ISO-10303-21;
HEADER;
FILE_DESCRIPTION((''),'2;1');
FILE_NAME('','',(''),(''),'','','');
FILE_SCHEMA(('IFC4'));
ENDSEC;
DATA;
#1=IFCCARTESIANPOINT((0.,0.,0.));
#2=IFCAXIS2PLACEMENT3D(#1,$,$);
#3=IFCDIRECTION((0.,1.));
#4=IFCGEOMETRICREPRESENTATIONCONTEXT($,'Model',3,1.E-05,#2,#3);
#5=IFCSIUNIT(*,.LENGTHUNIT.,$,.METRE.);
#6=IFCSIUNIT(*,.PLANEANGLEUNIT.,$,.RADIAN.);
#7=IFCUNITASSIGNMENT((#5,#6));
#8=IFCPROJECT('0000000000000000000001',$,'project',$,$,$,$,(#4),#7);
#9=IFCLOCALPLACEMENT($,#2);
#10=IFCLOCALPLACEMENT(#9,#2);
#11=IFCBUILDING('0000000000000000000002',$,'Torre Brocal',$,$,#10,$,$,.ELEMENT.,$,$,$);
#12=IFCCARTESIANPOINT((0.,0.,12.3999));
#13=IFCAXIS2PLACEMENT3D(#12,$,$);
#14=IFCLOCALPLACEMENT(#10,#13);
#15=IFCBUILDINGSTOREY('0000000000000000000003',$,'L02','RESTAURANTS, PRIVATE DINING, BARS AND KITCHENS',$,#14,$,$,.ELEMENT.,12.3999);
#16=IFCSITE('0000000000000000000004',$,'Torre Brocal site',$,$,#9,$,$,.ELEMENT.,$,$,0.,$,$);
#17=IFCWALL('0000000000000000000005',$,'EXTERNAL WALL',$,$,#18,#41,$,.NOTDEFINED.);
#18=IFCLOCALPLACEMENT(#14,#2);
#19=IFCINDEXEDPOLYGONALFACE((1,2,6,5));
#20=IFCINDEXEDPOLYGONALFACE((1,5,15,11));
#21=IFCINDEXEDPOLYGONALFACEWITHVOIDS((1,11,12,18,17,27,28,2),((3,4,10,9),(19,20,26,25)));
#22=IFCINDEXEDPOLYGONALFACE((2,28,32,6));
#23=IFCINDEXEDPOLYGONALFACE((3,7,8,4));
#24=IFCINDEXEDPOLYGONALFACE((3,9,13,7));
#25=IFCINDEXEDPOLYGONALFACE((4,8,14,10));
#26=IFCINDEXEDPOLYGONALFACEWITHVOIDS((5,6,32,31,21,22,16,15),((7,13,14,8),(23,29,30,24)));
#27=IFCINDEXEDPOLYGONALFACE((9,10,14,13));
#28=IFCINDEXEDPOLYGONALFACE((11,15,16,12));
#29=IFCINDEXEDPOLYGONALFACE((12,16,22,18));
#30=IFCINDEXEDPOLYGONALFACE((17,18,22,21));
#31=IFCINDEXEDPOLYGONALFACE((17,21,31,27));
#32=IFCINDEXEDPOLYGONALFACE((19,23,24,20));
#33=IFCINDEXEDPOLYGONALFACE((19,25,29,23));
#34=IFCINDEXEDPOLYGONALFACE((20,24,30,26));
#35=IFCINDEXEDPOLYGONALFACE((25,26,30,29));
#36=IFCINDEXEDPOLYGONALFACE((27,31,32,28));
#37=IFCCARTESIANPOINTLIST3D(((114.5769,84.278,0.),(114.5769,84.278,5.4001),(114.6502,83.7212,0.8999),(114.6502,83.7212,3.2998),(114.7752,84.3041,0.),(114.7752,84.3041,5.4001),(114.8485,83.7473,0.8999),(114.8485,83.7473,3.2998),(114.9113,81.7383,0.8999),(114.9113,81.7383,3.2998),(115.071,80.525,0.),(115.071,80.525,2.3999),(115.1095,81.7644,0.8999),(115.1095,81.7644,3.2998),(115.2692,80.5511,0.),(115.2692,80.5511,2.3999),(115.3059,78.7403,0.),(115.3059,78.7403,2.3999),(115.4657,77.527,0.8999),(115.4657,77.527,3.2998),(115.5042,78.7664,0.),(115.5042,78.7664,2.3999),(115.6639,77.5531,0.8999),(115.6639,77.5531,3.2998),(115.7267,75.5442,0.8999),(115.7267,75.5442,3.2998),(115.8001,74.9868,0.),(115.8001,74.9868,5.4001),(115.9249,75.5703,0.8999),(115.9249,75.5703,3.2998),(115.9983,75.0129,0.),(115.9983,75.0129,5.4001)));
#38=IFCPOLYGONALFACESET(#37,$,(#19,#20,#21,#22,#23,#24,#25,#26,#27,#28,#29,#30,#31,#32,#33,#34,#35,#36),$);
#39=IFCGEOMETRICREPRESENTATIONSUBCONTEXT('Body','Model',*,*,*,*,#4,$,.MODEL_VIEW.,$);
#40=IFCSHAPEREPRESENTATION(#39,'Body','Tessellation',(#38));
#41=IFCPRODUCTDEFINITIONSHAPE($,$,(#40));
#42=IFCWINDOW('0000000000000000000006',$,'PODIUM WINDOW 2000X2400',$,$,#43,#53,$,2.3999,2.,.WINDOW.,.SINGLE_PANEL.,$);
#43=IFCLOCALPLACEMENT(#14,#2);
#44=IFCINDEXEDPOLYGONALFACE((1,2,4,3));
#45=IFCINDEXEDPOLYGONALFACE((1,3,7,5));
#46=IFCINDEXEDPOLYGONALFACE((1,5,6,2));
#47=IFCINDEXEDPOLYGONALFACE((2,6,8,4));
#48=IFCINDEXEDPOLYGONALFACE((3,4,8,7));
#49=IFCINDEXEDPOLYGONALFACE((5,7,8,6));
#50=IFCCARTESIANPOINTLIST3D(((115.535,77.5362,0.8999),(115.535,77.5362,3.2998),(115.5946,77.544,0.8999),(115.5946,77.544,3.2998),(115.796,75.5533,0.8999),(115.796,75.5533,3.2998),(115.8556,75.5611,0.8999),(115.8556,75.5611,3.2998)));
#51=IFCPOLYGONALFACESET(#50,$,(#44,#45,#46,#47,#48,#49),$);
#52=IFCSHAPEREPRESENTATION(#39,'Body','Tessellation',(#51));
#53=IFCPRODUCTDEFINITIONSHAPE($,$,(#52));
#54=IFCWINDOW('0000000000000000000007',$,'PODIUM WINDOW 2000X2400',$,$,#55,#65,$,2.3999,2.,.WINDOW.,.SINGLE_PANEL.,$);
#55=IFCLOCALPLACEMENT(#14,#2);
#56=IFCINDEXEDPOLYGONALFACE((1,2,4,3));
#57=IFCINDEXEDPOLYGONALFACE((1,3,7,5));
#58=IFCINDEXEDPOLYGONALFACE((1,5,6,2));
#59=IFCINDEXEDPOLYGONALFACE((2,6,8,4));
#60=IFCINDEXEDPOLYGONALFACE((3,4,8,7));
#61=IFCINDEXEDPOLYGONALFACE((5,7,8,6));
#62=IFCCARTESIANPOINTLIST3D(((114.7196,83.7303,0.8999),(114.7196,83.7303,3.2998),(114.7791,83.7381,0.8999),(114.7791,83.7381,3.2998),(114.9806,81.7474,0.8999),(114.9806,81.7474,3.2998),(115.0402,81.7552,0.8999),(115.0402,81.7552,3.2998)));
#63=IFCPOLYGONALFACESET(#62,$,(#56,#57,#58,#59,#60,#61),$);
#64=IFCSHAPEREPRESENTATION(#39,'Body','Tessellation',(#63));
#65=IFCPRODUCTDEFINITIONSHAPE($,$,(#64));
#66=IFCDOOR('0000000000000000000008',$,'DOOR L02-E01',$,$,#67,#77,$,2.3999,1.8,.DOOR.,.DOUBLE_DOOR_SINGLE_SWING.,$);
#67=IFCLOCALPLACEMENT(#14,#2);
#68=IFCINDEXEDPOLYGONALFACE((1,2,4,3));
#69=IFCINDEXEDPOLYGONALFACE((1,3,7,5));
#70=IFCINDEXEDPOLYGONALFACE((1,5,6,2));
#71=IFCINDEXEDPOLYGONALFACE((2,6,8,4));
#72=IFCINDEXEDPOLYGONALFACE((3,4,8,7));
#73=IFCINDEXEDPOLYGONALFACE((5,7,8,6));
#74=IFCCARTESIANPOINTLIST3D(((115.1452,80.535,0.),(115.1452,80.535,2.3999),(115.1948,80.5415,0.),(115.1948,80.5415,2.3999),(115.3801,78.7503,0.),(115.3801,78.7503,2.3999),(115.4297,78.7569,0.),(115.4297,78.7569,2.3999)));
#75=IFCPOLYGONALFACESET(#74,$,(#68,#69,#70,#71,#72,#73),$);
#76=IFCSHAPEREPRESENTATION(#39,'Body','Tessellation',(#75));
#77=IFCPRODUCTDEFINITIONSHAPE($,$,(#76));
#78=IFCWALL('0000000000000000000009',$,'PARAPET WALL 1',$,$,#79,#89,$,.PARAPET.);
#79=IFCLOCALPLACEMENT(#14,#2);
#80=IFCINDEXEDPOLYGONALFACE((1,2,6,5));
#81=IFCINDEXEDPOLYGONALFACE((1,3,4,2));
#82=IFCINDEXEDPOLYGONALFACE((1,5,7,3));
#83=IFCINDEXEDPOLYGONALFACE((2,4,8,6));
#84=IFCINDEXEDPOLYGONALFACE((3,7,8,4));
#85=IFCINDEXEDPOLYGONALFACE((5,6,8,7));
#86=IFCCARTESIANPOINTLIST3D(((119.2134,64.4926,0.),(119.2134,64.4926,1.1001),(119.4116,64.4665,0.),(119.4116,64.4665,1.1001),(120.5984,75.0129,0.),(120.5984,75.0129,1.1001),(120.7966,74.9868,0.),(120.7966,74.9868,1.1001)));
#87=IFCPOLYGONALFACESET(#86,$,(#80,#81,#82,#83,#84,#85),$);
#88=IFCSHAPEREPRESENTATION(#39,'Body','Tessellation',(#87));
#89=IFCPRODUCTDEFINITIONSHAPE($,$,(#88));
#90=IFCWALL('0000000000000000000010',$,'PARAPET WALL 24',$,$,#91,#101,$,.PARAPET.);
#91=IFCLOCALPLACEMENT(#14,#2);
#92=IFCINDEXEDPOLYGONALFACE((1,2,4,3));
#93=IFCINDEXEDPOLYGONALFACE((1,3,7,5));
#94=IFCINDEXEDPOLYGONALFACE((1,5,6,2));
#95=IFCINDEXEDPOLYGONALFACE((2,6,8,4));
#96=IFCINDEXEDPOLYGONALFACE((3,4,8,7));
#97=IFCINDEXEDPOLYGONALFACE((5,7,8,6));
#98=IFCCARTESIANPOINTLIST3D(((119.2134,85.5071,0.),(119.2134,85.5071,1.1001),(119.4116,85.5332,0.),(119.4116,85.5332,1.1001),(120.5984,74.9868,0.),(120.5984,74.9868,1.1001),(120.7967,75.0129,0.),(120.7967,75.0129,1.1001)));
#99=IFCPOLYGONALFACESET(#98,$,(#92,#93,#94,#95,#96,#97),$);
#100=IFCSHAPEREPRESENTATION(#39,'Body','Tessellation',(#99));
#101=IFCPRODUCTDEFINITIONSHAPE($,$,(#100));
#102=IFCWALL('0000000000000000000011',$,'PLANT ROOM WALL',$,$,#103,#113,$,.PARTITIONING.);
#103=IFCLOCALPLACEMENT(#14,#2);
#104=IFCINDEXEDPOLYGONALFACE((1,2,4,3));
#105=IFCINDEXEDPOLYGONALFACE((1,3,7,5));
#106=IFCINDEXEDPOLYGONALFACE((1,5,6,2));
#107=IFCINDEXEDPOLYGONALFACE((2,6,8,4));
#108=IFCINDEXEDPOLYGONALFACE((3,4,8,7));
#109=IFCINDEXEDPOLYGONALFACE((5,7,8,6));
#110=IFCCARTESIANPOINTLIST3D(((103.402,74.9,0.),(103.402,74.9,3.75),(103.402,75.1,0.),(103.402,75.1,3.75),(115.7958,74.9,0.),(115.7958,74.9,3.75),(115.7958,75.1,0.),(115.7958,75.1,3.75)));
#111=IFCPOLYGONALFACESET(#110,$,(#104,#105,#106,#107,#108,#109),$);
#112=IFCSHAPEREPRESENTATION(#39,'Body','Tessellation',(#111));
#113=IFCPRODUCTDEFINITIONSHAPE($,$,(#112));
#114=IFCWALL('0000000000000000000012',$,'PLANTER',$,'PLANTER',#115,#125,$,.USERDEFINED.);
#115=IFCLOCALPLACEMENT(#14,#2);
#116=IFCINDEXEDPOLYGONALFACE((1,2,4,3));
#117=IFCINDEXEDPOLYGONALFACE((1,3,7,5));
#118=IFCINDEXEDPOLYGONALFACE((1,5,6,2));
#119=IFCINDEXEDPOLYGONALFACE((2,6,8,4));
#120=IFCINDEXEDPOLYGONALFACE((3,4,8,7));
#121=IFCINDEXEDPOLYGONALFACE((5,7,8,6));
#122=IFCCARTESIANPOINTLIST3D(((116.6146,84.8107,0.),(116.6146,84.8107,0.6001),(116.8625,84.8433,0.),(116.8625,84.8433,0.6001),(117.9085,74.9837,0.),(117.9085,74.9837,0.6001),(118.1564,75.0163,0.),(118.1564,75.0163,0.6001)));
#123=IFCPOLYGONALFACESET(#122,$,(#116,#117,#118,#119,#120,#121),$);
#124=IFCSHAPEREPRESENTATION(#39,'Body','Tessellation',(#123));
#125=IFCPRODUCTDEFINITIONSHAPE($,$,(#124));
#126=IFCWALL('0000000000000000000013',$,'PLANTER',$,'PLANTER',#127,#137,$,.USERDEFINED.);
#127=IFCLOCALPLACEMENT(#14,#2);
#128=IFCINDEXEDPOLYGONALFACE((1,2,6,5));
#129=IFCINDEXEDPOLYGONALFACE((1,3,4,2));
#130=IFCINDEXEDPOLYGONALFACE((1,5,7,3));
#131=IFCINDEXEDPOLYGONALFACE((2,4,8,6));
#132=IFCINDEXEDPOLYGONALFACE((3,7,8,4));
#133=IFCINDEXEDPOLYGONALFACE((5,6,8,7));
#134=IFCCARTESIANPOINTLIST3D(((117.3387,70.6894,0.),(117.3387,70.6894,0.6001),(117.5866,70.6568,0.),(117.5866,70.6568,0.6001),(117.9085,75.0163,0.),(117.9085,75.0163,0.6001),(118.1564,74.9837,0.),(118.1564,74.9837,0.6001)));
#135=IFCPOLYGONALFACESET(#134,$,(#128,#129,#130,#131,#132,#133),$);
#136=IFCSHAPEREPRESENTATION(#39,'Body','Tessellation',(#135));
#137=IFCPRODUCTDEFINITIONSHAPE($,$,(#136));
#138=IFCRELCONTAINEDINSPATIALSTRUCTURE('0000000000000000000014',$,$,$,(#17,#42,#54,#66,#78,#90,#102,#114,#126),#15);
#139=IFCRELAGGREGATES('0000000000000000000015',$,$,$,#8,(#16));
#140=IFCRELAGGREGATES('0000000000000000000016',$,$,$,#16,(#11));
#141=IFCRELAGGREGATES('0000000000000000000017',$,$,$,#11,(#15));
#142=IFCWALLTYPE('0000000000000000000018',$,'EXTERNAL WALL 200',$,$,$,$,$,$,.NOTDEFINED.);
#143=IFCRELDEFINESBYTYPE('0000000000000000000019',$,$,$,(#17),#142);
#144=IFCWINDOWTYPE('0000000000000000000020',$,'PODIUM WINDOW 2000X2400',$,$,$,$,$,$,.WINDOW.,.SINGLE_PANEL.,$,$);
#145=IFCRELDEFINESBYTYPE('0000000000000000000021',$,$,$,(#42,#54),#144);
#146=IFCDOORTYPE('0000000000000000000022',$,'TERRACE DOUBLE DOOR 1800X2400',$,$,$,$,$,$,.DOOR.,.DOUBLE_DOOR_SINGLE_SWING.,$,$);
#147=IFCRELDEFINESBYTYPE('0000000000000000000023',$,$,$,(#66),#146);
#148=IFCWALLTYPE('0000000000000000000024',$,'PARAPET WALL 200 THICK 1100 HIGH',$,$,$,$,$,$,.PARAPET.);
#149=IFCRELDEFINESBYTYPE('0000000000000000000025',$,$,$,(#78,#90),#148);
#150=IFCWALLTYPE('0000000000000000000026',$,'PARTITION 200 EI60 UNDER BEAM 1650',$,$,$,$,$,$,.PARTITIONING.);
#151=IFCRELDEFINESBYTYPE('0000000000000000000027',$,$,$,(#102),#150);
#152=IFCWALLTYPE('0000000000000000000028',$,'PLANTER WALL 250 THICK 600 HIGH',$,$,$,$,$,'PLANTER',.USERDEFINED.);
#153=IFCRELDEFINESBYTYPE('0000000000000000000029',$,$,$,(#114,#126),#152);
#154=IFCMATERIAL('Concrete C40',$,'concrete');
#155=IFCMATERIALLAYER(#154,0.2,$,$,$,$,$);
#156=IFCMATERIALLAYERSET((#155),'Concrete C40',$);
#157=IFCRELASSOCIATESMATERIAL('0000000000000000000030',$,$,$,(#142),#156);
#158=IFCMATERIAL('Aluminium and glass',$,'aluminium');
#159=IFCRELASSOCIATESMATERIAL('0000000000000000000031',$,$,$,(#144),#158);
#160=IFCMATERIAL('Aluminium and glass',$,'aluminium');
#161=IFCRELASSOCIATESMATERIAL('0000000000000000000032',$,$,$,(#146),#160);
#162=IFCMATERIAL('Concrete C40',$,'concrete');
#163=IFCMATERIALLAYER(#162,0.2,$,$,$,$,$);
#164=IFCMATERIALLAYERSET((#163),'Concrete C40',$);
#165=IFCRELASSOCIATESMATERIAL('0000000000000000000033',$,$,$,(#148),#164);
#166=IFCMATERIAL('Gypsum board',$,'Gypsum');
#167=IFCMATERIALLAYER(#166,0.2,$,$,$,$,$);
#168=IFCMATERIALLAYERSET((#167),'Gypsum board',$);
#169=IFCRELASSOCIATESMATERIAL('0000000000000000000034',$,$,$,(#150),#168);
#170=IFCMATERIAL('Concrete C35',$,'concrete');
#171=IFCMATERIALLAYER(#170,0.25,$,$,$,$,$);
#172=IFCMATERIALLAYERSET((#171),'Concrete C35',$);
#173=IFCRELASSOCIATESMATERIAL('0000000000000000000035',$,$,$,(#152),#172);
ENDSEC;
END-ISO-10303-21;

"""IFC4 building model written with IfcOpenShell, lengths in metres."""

from ifc_helpers import new_model, si_unit, direction, frame, frame_2d, origin, place, context, subcontext, project, spatial, rectangle, extrude, material, layer, layer_set, type_object, element, fill, save


model = new_model("IFC4")

# Units and contexts
model_context = context("Model", 3, precision=1e-05, world=origin(), true_north=direction((0.0, 1.0)))
body_context = subcontext(model_context, "Body", "Model", "MODEL_VIEW")
ifc_project = project(units=[si_unit("LENGTHUNIT", "METRE"), si_unit("PLANEANGLEUNIT", "RADIAN")], contexts=[model_context])

# Site, building, storey
site_placement = place(None, origin())
site = spatial("IfcSite", under=ifc_project, at=site_placement, Name="Torre Brocal site", CompositionType="ELEMENT", RefElevation=0.0)
building_placement = place(site_placement, origin())
building = spatial("IfcBuilding", under=site, at=building_placement, Name="Torre Brocal", CompositionType="ELEMENT")
storey_placement = place(building_placement, frame((0.0, 0.0, 12.3999)))
storey = spatial("IfcBuildingStorey", under=building, at=storey_placement, Name="L02", Description="RESTAURANTS, PRIVATE DINING, BARS AND KITCHENS", CompositionType="ELEMENT", Elevation=12.3999)

# Wall, openings, windows, door
ifc_material_1 = material(Name="Concrete C40", Category="concrete")
ifc_layer_1 = layer(ifc_material_1, 0.2)
ifc_layer_set_1 = layer_set([ifc_layer_1], Name="Concrete C40")
wall_type_1 = type_object("IfcWallType", Name="EXTERNAL WALL 200", PredefinedType="NOTDEFINED", material=ifc_layer_set_1)
wall_1_placement = place(storey_placement, frame((115.8992, 75.0, 0.0), z_axis=(0.0, 0.0, 1.0), x_axis=(-0.130519, 0.991446, 0.0)))
wall_1 = element("IfcWall", 1, at=wall_1_placement, inside=storey, type_object=wall_type_1, Name="EXTERNAL WALL", PredefinedType="NOTDEFINED", context=body_context, shape_type="SweptSolid", body=[
    extrude(rectangle(XDim=9.3713, YDim=0.2, at=frame_2d((4.6855, 0.0))), origin(), (0.0, 0.0, 1.0), 5.4001),
])
opening_1_placement = place(wall_1_placement, frame((0.562, 0.0, 0.8999)))
opening_1 = element("IfcOpeningElement", 2, at=opening_1_placement, cuts=wall_1, PredefinedType="OPENING", context=body_context, shape_type="SweptSolid", body=[
    extrude(rectangle(XDim=2.0, YDim=2.3999, at=frame_2d((1.0, 1.2))), frame((0.0, 0.1099, 0.0), z_axis=(0.0, -1.0, 0.0), x_axis=(1.0, 0.0, 0.0)), (0.0, 0.0, 1.0), 0.22),
])
opening_2_placement = place(wall_1_placement, frame((3.7859, 0.0, 0.0)))
opening_2 = element("IfcOpeningElement", 3, at=opening_2_placement, cuts=wall_1, PredefinedType="OPENING", context=body_context, shape_type="SweptSolid", body=[
    extrude(rectangle(XDim=1.8, YDim=2.3999, at=frame_2d((0.8999, 1.2))), frame((0.0, 0.1099, 0.0), z_axis=(0.0, -1.0, 0.0), x_axis=(1.0, 0.0, 0.0)), (0.0, 0.0, 1.0), 0.22),
])
opening_3_placement = place(wall_1_placement, frame((6.8096, 0.0, 0.8999)))
opening_3 = element("IfcOpeningElement", 4, at=opening_3_placement, cuts=wall_1, PredefinedType="OPENING", context=body_context, shape_type="SweptSolid", body=[
    extrude(rectangle(XDim=2.0, YDim=2.3999, at=frame_2d((1.0, 1.2))), frame((0.0, 0.1099, 0.0), z_axis=(0.0, -1.0, 0.0), x_axis=(1.0, 0.0, 0.0)), (0.0, 0.0, 1.0), 0.22),
])
ifc_material_2 = material(Name="Aluminium and glass", Category="aluminium")
window_type = type_object("IfcWindowType", Name="PODIUM WINDOW 2000X2400", PartitioningType="SINGLE_PANEL", PredefinedType="WINDOW", material=ifc_material_2)
window_1_placement = place(opening_1_placement, origin())
window_1 = element("IfcWindow", 5, at=window_1_placement, inside=storey, type_object=window_type, Name="PODIUM WINDOW 2000X2400", OverallHeight=2.3999, OverallWidth=2.0, PartitioningType="SINGLE_PANEL", PredefinedType="WINDOW", context=body_context, shape_type="SweptSolid", body=[
    extrude(rectangle(XDim=2.0, YDim=2.3999, at=frame_2d((1.0, 1.2))), frame((0.0, 0.03, 0.0), z_axis=(0.0, -1.0, 0.0), x_axis=(1.0, 0.0, 0.0)), (0.0, 0.0, 1.0), 0.0601),
])
fill(opening_1, window_1)
window_2_placement = place(opening_3_placement, origin())
window_2 = element("IfcWindow", 6, at=window_2_placement, inside=storey, type_object=window_type, Name="PODIUM WINDOW 2000X2400", OverallHeight=2.3999, OverallWidth=2.0, PartitioningType="SINGLE_PANEL", PredefinedType="WINDOW", context=body_context, shape_type="SweptSolid", body=[
    extrude(rectangle(XDim=2.0, YDim=2.3999, at=frame_2d((1.0, 1.2))), frame((0.0, 0.03, 0.0), z_axis=(0.0, -1.0, 0.0), x_axis=(1.0, 0.0, 0.0)), (0.0, 0.0, 1.0), 0.0601),
])
fill(opening_3, window_2)
ifc_material_3 = material(Name="Aluminium and glass", Category="aluminium")
door_type = type_object("IfcDoorType", Name="TERRACE DOUBLE DOOR 1800X2400", OperationType="DOUBLE_DOOR_SINGLE_SWING", PredefinedType="DOOR", material=ifc_material_3)
door_placement = place(opening_2_placement, frame((1.8, 0.0, 0.0), z_axis=(0.0, 0.0, 1.0), x_axis=(-1.0, 0.0, 0.0)))
door = element("IfcDoor", 7, at=door_placement, inside=storey, type_object=door_type, Name="DOOR L02-E01", OperationType="DOUBLE_DOOR_SINGLE_SWING", OverallHeight=2.3999, OverallWidth=1.8, PredefinedType="DOOR", context=body_context, shape_type="SweptSolid", body=[
    extrude(rectangle(XDim=1.8, YDim=2.3999, at=frame_2d((0.8999, 1.2))), frame((0.0, 0.0249, 0.0), z_axis=(0.0, -1.0, 0.0), x_axis=(1.0, 0.0, 0.0)), (0.0, 0.0, 1.0), 0.05),
])
fill(opening_2, door)

# Walls
ifc_material_4 = material(Name="Concrete C40", Category="concrete")
ifc_layer_2 = layer(ifc_material_4, 0.2)
ifc_layer_set_2 = layer_set([ifc_layer_2], Name="Concrete C40")
wall_type_2 = type_object("IfcWallType", Name="PARAPET WALL 200 THICK 1100 HIGH", PredefinedType="PARAPET", material=ifc_layer_set_2)
for number, where, z_axis, x_axis, name in (
    (8, (120.6975, 75.0, 0.0), (0.0, 0.0, 1.0), (-0.130525, -0.991445, 0.0), "PARAPET WALL 1"),
    (9, (119.3125, 85.5203, 0.0), (0.0, 0.0, 1.0), (0.130525, -0.991445, 0.0), "PARAPET WALL 24"),
):
    element("IfcWall", number, at=place(storey_placement, frame(where, z_axis=z_axis, x_axis=x_axis)), inside=storey, type_object=wall_type_2, Name=name, PredefinedType="PARAPET", context=body_context, shape_type="SweptSolid", body=[
        extrude(rectangle(XDim=10.6111, YDim=0.2, at=frame_2d((5.3057, 0.0))), origin(), (0.0, 0.0, 1.0), 1.1001),
    ])
ifc_material_5 = material(Name="Gypsum board", Category="Gypsum")
ifc_layer_3 = layer(ifc_material_5, 0.2)
ifc_layer_set_3 = layer_set([ifc_layer_3], Name="Gypsum board")
wall_type_3 = type_object("IfcWallType", Name="PARTITION 200 EI60 UNDER BEAM 1650", PredefinedType="PARTITIONING", material=ifc_layer_set_3)
wall_2_placement = place(storey_placement, frame((103.4021, 75.0, 0.0), z_axis=(0.0, 0.0, 1.0), x_axis=(1.0, 0.0, 0.0)))
element("IfcWall", 10, at=wall_2_placement, inside=storey, type_object=wall_type_3, Name="PLANT ROOM WALL", PredefinedType="PARTITIONING", context=body_context, shape_type="SweptSolid", body=[
    extrude(rectangle(XDim=12.3938, YDim=0.2, at=frame_2d((6.1968, 0.0))), origin(), (0.0, 0.0, 1.0), 3.75),
])
ifc_material_6 = material(Name="Concrete C35", Category="concrete")
ifc_layer_4 = layer(ifc_material_6, 0.25)
ifc_layer_set_4 = layer_set([ifc_layer_4], Name="Concrete C35")
wall_type_4 = type_object("IfcWallType", Name="PLANTER WALL 250 THICK 600 HIGH", ElementType="PLANTER", PredefinedType="USERDEFINED", material=ifc_layer_set_4)
wall_3_placement = place(storey_placement, frame((116.7385, 84.8271, 0.0), z_axis=(0.0, 0.0, 1.0), x_axis=(0.130544, -0.991443, 0.0)))
element("IfcWall", 11, at=wall_3_placement, inside=storey, type_object=wall_type_4, Name="PLANTER", ObjectType="PLANTER", PredefinedType="USERDEFINED", context=body_context, shape_type="SweptSolid", body=[
    extrude(rectangle(XDim=9.9119, YDim=0.25, at=frame_2d((4.9561, 0.0))), origin(), (0.0, 0.0, 1.0), 0.6001),
])
wall_4_placement = place(storey_placement, frame((118.0325, 75.0, 0.0), z_axis=(0.0, 0.0, 1.0), x_axis=(-0.130566, -0.99144, 0.0)))
element("IfcWall", 12, at=wall_4_placement, inside=storey, type_object=wall_type_4, Name="PLANTER", ObjectType="PLANTER", PredefinedType="USERDEFINED", context=body_context, shape_type="SweptSolid", body=[
    extrude(rectangle(XDim=4.3643, YDim=0.25, at=frame_2d((2.1821, 0.0))), origin(), (0.0, 0.0, 1.0), 0.6001),
])

save(model, "model.ifc")
